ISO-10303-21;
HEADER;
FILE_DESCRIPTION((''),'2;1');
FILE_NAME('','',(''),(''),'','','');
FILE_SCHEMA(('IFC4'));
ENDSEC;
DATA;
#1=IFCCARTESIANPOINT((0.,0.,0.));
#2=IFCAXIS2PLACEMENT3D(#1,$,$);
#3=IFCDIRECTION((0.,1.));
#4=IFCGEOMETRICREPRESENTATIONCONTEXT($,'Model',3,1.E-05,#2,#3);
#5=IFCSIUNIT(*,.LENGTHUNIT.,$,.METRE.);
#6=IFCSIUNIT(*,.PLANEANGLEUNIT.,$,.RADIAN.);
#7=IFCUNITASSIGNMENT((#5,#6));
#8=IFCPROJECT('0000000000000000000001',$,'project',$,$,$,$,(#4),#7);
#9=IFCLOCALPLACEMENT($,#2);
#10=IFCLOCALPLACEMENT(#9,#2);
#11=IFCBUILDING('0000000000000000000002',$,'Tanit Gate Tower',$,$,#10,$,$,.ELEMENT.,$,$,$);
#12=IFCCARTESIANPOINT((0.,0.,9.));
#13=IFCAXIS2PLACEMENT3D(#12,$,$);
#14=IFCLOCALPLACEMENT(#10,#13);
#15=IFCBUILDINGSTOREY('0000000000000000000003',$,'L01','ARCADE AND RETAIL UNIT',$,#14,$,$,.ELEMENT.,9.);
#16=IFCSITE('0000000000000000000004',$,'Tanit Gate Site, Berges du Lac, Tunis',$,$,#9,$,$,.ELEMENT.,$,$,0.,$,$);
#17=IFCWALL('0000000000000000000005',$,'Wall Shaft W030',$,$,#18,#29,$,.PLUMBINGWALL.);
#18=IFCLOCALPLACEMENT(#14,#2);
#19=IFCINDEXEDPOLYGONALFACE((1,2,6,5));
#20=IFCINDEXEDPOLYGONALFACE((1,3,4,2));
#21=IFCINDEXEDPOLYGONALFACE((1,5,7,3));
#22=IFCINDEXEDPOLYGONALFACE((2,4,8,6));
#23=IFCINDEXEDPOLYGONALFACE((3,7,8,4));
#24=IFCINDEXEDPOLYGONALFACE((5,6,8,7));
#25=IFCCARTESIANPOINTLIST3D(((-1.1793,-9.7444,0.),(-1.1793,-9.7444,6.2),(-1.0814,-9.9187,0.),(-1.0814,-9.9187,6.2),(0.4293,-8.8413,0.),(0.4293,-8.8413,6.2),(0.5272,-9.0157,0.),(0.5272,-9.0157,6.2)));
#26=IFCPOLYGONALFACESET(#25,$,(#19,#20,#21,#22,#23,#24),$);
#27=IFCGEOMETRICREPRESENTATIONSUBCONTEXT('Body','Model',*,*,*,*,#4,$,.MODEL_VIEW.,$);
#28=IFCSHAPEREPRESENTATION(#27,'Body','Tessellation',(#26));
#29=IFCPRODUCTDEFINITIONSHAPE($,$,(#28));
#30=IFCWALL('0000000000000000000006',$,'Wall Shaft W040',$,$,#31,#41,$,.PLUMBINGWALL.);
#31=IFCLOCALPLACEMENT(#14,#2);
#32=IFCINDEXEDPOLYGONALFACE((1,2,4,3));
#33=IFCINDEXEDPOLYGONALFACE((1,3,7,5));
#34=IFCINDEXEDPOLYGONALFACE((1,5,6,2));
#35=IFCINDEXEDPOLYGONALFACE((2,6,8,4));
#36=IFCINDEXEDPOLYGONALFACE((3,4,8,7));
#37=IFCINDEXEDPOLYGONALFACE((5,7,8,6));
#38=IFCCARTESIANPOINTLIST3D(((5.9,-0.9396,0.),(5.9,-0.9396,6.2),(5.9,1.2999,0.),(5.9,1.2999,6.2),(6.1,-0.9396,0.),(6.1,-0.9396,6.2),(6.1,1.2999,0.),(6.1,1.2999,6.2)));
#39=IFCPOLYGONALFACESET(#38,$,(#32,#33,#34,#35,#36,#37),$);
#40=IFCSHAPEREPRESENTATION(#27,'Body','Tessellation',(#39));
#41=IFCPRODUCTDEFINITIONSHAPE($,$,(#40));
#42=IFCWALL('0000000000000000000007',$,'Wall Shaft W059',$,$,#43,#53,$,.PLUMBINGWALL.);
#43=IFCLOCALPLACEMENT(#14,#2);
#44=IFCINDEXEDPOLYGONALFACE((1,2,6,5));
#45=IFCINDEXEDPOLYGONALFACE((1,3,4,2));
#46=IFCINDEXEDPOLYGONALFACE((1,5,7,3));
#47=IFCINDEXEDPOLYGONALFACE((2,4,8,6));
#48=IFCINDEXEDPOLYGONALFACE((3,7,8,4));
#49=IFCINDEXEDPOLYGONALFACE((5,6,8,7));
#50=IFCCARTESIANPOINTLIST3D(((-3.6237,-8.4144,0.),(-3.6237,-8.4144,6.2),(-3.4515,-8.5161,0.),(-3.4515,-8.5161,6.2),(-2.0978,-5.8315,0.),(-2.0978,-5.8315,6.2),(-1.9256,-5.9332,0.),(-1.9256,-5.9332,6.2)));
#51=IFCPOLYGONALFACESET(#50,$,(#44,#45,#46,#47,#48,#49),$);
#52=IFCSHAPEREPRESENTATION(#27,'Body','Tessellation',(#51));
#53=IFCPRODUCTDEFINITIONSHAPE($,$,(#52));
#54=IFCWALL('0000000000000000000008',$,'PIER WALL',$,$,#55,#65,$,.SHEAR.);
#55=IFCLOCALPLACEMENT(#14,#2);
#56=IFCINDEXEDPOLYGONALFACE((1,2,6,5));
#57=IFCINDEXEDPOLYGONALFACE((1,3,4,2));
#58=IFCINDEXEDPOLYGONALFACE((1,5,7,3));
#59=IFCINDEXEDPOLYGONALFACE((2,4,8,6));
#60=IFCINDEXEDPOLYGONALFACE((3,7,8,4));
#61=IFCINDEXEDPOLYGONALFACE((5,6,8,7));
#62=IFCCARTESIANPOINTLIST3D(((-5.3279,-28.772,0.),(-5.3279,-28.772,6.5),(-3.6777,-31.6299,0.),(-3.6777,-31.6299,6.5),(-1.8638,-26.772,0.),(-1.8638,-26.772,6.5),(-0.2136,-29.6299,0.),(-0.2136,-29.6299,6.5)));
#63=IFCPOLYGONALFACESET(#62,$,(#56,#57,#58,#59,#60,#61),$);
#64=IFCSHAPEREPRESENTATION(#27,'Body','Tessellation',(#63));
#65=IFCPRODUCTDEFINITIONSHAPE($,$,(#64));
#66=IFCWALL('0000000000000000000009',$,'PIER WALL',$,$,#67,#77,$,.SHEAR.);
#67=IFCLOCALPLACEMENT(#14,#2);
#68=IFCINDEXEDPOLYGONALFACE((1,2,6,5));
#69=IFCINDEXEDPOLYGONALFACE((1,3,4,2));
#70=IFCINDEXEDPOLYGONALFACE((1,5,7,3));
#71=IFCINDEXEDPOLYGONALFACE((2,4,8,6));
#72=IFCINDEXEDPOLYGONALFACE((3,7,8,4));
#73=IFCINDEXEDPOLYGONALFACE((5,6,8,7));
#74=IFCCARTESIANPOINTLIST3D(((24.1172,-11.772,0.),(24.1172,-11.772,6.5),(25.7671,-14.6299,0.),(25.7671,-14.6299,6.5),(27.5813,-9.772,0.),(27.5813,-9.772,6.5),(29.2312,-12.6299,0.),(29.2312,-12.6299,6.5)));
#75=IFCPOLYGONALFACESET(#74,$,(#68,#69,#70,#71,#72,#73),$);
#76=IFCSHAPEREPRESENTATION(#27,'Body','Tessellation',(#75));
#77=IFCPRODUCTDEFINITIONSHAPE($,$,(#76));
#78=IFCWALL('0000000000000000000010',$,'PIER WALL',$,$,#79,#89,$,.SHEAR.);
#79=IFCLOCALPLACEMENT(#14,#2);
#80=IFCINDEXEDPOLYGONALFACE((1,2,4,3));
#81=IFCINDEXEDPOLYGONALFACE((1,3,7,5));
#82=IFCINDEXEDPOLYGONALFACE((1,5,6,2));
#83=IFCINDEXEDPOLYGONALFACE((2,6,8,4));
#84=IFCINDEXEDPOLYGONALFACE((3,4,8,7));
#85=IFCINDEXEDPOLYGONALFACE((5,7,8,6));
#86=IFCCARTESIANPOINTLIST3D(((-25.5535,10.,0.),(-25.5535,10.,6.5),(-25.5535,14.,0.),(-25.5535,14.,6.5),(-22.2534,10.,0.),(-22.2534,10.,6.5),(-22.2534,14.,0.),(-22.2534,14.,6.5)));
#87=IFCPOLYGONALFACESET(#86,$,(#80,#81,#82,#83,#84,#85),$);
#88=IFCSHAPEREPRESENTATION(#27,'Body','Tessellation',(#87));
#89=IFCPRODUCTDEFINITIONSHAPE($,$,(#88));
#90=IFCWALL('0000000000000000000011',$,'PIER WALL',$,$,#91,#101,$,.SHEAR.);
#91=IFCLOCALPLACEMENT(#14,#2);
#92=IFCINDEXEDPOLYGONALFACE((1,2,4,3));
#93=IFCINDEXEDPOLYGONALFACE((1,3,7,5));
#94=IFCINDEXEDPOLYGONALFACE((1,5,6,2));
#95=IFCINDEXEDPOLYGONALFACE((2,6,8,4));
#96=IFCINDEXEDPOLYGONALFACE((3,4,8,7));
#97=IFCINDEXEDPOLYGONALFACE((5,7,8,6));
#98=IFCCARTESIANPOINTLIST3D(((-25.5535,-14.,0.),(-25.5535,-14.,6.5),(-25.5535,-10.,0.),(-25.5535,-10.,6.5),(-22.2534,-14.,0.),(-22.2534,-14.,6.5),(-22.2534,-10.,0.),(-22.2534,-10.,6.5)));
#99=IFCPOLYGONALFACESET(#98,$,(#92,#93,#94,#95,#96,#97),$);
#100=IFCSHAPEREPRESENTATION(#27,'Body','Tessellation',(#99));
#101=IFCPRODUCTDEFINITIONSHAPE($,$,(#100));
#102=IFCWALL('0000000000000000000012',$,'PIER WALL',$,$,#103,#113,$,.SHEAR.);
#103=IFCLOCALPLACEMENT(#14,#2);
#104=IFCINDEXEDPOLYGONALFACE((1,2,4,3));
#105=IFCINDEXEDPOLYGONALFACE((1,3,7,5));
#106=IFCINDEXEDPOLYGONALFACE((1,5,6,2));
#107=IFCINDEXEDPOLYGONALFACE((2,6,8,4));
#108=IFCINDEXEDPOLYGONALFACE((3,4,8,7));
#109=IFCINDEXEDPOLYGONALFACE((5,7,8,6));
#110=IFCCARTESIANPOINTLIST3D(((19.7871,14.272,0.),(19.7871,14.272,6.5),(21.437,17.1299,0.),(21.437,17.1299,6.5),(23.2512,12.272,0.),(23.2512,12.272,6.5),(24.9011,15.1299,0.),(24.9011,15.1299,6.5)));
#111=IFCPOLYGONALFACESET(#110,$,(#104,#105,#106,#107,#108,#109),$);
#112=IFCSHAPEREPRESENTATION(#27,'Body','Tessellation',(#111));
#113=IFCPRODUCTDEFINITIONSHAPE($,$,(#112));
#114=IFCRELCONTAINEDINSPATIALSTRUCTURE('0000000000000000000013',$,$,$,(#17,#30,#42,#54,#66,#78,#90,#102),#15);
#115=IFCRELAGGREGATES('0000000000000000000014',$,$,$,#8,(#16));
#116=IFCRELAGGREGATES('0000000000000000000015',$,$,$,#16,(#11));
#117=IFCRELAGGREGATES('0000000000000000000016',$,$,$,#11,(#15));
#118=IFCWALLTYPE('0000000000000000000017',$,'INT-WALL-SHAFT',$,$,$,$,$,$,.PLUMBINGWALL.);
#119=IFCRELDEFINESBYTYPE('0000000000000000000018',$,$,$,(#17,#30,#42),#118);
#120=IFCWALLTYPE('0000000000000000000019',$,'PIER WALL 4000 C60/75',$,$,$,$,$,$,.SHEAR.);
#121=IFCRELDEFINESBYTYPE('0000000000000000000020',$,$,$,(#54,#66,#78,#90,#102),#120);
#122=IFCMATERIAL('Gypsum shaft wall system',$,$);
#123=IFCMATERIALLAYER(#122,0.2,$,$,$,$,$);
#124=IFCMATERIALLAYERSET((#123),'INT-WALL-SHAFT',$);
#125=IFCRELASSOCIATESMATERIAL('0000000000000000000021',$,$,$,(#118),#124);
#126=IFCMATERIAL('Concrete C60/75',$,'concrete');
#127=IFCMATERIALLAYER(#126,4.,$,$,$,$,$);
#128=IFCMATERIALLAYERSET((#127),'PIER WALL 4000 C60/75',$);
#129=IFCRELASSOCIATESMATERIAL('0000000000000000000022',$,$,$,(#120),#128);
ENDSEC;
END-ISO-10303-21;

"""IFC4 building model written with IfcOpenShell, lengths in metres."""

from ifc_helpers import new_model, si_unit, direction, frame, frame_2d, origin, place, context, subcontext, project, spatial, polyline, rectangle, outline, extrude, material, layer, layer_set, type_object, element, save


model = new_model("IFC4")

# Units and contexts
model_context = context("Model", 3, precision=1e-05, world=origin(), true_north=direction((0.0, 1.0)))
body_context = subcontext(model_context, "Body", "Model", "MODEL_VIEW")
ifc_project = project(units=[si_unit("LENGTHUNIT", "METRE"), si_unit("PLANEANGLEUNIT", "RADIAN")], contexts=[model_context])

# Site, building, storey
site_placement = place(None, origin())
site = spatial("IfcSite", under=ifc_project, at=site_placement, Name="Tanit Gate Site, Berges du Lac, Tunis", CompositionType="ELEMENT", RefElevation=0.0)
building_placement = place(site_placement, origin())
building = spatial("IfcBuilding", under=site, at=building_placement, Name="Tanit Gate Tower", CompositionType="ELEMENT")
storey_placement = place(building_placement, frame((0.0, 0.0, 9.0)))
storey = spatial("IfcBuildingStorey", under=building, at=storey_placement, Name="L01", Description="ARCADE AND RETAIL UNIT", CompositionType="ELEMENT", Elevation=9.0)

# Walls
ifc_material_1 = material(Name="Gypsum shaft wall system")
ifc_layer_1 = layer(ifc_material_1, 0.2)
ifc_layer_set_1 = layer_set([ifc_layer_1], Name="INT-WALL-SHAFT")
wall_type_1 = type_object("IfcWallType", Name="INT-WALL-SHAFT", PredefinedType="PLUMBINGWALL", material=ifc_layer_set_1)
wall_1_placement = place(storey_placement, frame((-1.1304, -9.8315, 0.0), z_axis=(0.0, 0.0, 1.0), x_axis=(0.871989, 0.489526, 0.0)))
element("IfcWall", 1, at=wall_1_placement, inside=storey, type_object=wall_type_1, Name="Wall Shaft W030", PredefinedType="PLUMBINGWALL", context=body_context, shape_type="SweptSolid", body=[
    extrude(rectangle(XDim=1.8447, YDim=0.2, at=frame_2d((0.9224, 0.0))), origin(), (0.0, 0.0, 1.0), 6.2),
])
wall_2_placement = place(storey_placement, frame((6.0, -0.9395, 0.0), z_axis=(0.0, 0.0, 1.0), x_axis=(0.0, 1.0, 0.0)))
element("IfcWall", 2, at=wall_2_placement, inside=storey, type_object=wall_type_1, Name="Wall Shaft W040", PredefinedType="PLUMBINGWALL", context=body_context, shape_type="SweptSolid", body=[
    extrude(rectangle(XDim=2.2395, YDim=0.2, at=frame_2d((1.1196, 0.0))), origin(), (0.0, 0.0, 1.0), 6.2),
])

# Walls
wall_3_placement = place(storey_placement, frame((-2.0117, -5.8823, 0.0), z_axis=(0.0, 0.0, 1.0), x_axis=(-0.50862, -0.860991, 0.0)))
element("IfcWall", 3, at=wall_3_placement, inside=storey, type_object=wall_type_1, Name="Wall Shaft W059", PredefinedType="PLUMBINGWALL", context=body_context, shape_type="SweptSolid", body=[
    extrude(rectangle(XDim=3.0, YDim=0.2, at=frame_2d((1.5, 0.0))), origin(), (0.0, 0.0, 1.0), 6.2),
])
ifc_material_2 = material(Name="Concrete C60/75", Category="concrete")
ifc_layer_2 = layer(ifc_material_2, 4.0)
ifc_layer_set_2 = layer_set([ifc_layer_2], Name="PIER WALL 4000 C60/75")
wall_type_2 = type_object("IfcWallType", Name="PIER WALL 4000 C60/75", PredefinedType="SHEAR", material=ifc_layer_set_2)
wall_4_placement = place(storey_placement, origin())
element("IfcWall", 4, at=wall_4_placement, inside=storey, type_object=wall_type_2, Name="PIER WALL", PredefinedType="SHEAR", context=body_context, shape_type="SweptSolid", body=[
    extrude(outline(polyline([(-3.6777, -31.6299), (-0.2136, -29.6299), (-1.8638, -26.772), (-5.3279, -28.772), (-3.6777, -31.6299)])), origin(), (0.0, 0.0, 1.0), 6.5),
])
wall_5_placement = place(storey_placement, origin())
element("IfcWall", 5, at=wall_5_placement, inside=storey, type_object=wall_type_2, Name="PIER WALL", PredefinedType="SHEAR", context=body_context, shape_type="SweptSolid", body=[
    extrude(outline(polyline([(25.7671, -14.6299), (29.2312, -12.6299), (27.5813, -9.772), (24.1172, -11.772), (25.7671, -14.6299)])), origin(), (0.0, 0.0, 1.0), 6.5),
])
wall_6_placement = place(storey_placement, origin())
element("IfcWall", 6, at=wall_6_placement, inside=storey, type_object=wall_type_2, Name="PIER WALL", PredefinedType="SHEAR", context=body_context, shape_type="SweptSolid", body=[
    extrude(outline(polyline([(-25.5535, 14.0), (-25.5535, 10.0), (-22.2534, 10.0), (-22.2534, 14.0), (-25.5535, 14.0)])), origin(), (0.0, 0.0, 1.0), 6.5),
])
wall_7_placement = place(storey_placement, origin())
element("IfcWall", 7, at=wall_7_placement, inside=storey, type_object=wall_type_2, Name="PIER WALL", PredefinedType="SHEAR", context=body_context, shape_type="SweptSolid", body=[
    extrude(outline(polyline([(-25.5535, -10.0), (-25.5535, -14.0), (-22.2534, -14.0), (-22.2534, -10.0), (-25.5535, -10.0)])), origin(), (0.0, 0.0, 1.0), 6.5),
])
wall_8_placement = place(storey_placement, origin())
element("IfcWall", 8, at=wall_8_placement, inside=storey, type_object=wall_type_2, Name="PIER WALL", PredefinedType="SHEAR", context=body_context, shape_type="SweptSolid", body=[
    extrude(outline(polyline([(24.9011, 15.1299), (21.437, 17.1299), (19.7871, 14.272), (23.2512, 12.272), (24.9011, 15.1299)])), origin(), (0.0, 0.0, 1.0), 6.5),
])

save(model, "model.ifc")
